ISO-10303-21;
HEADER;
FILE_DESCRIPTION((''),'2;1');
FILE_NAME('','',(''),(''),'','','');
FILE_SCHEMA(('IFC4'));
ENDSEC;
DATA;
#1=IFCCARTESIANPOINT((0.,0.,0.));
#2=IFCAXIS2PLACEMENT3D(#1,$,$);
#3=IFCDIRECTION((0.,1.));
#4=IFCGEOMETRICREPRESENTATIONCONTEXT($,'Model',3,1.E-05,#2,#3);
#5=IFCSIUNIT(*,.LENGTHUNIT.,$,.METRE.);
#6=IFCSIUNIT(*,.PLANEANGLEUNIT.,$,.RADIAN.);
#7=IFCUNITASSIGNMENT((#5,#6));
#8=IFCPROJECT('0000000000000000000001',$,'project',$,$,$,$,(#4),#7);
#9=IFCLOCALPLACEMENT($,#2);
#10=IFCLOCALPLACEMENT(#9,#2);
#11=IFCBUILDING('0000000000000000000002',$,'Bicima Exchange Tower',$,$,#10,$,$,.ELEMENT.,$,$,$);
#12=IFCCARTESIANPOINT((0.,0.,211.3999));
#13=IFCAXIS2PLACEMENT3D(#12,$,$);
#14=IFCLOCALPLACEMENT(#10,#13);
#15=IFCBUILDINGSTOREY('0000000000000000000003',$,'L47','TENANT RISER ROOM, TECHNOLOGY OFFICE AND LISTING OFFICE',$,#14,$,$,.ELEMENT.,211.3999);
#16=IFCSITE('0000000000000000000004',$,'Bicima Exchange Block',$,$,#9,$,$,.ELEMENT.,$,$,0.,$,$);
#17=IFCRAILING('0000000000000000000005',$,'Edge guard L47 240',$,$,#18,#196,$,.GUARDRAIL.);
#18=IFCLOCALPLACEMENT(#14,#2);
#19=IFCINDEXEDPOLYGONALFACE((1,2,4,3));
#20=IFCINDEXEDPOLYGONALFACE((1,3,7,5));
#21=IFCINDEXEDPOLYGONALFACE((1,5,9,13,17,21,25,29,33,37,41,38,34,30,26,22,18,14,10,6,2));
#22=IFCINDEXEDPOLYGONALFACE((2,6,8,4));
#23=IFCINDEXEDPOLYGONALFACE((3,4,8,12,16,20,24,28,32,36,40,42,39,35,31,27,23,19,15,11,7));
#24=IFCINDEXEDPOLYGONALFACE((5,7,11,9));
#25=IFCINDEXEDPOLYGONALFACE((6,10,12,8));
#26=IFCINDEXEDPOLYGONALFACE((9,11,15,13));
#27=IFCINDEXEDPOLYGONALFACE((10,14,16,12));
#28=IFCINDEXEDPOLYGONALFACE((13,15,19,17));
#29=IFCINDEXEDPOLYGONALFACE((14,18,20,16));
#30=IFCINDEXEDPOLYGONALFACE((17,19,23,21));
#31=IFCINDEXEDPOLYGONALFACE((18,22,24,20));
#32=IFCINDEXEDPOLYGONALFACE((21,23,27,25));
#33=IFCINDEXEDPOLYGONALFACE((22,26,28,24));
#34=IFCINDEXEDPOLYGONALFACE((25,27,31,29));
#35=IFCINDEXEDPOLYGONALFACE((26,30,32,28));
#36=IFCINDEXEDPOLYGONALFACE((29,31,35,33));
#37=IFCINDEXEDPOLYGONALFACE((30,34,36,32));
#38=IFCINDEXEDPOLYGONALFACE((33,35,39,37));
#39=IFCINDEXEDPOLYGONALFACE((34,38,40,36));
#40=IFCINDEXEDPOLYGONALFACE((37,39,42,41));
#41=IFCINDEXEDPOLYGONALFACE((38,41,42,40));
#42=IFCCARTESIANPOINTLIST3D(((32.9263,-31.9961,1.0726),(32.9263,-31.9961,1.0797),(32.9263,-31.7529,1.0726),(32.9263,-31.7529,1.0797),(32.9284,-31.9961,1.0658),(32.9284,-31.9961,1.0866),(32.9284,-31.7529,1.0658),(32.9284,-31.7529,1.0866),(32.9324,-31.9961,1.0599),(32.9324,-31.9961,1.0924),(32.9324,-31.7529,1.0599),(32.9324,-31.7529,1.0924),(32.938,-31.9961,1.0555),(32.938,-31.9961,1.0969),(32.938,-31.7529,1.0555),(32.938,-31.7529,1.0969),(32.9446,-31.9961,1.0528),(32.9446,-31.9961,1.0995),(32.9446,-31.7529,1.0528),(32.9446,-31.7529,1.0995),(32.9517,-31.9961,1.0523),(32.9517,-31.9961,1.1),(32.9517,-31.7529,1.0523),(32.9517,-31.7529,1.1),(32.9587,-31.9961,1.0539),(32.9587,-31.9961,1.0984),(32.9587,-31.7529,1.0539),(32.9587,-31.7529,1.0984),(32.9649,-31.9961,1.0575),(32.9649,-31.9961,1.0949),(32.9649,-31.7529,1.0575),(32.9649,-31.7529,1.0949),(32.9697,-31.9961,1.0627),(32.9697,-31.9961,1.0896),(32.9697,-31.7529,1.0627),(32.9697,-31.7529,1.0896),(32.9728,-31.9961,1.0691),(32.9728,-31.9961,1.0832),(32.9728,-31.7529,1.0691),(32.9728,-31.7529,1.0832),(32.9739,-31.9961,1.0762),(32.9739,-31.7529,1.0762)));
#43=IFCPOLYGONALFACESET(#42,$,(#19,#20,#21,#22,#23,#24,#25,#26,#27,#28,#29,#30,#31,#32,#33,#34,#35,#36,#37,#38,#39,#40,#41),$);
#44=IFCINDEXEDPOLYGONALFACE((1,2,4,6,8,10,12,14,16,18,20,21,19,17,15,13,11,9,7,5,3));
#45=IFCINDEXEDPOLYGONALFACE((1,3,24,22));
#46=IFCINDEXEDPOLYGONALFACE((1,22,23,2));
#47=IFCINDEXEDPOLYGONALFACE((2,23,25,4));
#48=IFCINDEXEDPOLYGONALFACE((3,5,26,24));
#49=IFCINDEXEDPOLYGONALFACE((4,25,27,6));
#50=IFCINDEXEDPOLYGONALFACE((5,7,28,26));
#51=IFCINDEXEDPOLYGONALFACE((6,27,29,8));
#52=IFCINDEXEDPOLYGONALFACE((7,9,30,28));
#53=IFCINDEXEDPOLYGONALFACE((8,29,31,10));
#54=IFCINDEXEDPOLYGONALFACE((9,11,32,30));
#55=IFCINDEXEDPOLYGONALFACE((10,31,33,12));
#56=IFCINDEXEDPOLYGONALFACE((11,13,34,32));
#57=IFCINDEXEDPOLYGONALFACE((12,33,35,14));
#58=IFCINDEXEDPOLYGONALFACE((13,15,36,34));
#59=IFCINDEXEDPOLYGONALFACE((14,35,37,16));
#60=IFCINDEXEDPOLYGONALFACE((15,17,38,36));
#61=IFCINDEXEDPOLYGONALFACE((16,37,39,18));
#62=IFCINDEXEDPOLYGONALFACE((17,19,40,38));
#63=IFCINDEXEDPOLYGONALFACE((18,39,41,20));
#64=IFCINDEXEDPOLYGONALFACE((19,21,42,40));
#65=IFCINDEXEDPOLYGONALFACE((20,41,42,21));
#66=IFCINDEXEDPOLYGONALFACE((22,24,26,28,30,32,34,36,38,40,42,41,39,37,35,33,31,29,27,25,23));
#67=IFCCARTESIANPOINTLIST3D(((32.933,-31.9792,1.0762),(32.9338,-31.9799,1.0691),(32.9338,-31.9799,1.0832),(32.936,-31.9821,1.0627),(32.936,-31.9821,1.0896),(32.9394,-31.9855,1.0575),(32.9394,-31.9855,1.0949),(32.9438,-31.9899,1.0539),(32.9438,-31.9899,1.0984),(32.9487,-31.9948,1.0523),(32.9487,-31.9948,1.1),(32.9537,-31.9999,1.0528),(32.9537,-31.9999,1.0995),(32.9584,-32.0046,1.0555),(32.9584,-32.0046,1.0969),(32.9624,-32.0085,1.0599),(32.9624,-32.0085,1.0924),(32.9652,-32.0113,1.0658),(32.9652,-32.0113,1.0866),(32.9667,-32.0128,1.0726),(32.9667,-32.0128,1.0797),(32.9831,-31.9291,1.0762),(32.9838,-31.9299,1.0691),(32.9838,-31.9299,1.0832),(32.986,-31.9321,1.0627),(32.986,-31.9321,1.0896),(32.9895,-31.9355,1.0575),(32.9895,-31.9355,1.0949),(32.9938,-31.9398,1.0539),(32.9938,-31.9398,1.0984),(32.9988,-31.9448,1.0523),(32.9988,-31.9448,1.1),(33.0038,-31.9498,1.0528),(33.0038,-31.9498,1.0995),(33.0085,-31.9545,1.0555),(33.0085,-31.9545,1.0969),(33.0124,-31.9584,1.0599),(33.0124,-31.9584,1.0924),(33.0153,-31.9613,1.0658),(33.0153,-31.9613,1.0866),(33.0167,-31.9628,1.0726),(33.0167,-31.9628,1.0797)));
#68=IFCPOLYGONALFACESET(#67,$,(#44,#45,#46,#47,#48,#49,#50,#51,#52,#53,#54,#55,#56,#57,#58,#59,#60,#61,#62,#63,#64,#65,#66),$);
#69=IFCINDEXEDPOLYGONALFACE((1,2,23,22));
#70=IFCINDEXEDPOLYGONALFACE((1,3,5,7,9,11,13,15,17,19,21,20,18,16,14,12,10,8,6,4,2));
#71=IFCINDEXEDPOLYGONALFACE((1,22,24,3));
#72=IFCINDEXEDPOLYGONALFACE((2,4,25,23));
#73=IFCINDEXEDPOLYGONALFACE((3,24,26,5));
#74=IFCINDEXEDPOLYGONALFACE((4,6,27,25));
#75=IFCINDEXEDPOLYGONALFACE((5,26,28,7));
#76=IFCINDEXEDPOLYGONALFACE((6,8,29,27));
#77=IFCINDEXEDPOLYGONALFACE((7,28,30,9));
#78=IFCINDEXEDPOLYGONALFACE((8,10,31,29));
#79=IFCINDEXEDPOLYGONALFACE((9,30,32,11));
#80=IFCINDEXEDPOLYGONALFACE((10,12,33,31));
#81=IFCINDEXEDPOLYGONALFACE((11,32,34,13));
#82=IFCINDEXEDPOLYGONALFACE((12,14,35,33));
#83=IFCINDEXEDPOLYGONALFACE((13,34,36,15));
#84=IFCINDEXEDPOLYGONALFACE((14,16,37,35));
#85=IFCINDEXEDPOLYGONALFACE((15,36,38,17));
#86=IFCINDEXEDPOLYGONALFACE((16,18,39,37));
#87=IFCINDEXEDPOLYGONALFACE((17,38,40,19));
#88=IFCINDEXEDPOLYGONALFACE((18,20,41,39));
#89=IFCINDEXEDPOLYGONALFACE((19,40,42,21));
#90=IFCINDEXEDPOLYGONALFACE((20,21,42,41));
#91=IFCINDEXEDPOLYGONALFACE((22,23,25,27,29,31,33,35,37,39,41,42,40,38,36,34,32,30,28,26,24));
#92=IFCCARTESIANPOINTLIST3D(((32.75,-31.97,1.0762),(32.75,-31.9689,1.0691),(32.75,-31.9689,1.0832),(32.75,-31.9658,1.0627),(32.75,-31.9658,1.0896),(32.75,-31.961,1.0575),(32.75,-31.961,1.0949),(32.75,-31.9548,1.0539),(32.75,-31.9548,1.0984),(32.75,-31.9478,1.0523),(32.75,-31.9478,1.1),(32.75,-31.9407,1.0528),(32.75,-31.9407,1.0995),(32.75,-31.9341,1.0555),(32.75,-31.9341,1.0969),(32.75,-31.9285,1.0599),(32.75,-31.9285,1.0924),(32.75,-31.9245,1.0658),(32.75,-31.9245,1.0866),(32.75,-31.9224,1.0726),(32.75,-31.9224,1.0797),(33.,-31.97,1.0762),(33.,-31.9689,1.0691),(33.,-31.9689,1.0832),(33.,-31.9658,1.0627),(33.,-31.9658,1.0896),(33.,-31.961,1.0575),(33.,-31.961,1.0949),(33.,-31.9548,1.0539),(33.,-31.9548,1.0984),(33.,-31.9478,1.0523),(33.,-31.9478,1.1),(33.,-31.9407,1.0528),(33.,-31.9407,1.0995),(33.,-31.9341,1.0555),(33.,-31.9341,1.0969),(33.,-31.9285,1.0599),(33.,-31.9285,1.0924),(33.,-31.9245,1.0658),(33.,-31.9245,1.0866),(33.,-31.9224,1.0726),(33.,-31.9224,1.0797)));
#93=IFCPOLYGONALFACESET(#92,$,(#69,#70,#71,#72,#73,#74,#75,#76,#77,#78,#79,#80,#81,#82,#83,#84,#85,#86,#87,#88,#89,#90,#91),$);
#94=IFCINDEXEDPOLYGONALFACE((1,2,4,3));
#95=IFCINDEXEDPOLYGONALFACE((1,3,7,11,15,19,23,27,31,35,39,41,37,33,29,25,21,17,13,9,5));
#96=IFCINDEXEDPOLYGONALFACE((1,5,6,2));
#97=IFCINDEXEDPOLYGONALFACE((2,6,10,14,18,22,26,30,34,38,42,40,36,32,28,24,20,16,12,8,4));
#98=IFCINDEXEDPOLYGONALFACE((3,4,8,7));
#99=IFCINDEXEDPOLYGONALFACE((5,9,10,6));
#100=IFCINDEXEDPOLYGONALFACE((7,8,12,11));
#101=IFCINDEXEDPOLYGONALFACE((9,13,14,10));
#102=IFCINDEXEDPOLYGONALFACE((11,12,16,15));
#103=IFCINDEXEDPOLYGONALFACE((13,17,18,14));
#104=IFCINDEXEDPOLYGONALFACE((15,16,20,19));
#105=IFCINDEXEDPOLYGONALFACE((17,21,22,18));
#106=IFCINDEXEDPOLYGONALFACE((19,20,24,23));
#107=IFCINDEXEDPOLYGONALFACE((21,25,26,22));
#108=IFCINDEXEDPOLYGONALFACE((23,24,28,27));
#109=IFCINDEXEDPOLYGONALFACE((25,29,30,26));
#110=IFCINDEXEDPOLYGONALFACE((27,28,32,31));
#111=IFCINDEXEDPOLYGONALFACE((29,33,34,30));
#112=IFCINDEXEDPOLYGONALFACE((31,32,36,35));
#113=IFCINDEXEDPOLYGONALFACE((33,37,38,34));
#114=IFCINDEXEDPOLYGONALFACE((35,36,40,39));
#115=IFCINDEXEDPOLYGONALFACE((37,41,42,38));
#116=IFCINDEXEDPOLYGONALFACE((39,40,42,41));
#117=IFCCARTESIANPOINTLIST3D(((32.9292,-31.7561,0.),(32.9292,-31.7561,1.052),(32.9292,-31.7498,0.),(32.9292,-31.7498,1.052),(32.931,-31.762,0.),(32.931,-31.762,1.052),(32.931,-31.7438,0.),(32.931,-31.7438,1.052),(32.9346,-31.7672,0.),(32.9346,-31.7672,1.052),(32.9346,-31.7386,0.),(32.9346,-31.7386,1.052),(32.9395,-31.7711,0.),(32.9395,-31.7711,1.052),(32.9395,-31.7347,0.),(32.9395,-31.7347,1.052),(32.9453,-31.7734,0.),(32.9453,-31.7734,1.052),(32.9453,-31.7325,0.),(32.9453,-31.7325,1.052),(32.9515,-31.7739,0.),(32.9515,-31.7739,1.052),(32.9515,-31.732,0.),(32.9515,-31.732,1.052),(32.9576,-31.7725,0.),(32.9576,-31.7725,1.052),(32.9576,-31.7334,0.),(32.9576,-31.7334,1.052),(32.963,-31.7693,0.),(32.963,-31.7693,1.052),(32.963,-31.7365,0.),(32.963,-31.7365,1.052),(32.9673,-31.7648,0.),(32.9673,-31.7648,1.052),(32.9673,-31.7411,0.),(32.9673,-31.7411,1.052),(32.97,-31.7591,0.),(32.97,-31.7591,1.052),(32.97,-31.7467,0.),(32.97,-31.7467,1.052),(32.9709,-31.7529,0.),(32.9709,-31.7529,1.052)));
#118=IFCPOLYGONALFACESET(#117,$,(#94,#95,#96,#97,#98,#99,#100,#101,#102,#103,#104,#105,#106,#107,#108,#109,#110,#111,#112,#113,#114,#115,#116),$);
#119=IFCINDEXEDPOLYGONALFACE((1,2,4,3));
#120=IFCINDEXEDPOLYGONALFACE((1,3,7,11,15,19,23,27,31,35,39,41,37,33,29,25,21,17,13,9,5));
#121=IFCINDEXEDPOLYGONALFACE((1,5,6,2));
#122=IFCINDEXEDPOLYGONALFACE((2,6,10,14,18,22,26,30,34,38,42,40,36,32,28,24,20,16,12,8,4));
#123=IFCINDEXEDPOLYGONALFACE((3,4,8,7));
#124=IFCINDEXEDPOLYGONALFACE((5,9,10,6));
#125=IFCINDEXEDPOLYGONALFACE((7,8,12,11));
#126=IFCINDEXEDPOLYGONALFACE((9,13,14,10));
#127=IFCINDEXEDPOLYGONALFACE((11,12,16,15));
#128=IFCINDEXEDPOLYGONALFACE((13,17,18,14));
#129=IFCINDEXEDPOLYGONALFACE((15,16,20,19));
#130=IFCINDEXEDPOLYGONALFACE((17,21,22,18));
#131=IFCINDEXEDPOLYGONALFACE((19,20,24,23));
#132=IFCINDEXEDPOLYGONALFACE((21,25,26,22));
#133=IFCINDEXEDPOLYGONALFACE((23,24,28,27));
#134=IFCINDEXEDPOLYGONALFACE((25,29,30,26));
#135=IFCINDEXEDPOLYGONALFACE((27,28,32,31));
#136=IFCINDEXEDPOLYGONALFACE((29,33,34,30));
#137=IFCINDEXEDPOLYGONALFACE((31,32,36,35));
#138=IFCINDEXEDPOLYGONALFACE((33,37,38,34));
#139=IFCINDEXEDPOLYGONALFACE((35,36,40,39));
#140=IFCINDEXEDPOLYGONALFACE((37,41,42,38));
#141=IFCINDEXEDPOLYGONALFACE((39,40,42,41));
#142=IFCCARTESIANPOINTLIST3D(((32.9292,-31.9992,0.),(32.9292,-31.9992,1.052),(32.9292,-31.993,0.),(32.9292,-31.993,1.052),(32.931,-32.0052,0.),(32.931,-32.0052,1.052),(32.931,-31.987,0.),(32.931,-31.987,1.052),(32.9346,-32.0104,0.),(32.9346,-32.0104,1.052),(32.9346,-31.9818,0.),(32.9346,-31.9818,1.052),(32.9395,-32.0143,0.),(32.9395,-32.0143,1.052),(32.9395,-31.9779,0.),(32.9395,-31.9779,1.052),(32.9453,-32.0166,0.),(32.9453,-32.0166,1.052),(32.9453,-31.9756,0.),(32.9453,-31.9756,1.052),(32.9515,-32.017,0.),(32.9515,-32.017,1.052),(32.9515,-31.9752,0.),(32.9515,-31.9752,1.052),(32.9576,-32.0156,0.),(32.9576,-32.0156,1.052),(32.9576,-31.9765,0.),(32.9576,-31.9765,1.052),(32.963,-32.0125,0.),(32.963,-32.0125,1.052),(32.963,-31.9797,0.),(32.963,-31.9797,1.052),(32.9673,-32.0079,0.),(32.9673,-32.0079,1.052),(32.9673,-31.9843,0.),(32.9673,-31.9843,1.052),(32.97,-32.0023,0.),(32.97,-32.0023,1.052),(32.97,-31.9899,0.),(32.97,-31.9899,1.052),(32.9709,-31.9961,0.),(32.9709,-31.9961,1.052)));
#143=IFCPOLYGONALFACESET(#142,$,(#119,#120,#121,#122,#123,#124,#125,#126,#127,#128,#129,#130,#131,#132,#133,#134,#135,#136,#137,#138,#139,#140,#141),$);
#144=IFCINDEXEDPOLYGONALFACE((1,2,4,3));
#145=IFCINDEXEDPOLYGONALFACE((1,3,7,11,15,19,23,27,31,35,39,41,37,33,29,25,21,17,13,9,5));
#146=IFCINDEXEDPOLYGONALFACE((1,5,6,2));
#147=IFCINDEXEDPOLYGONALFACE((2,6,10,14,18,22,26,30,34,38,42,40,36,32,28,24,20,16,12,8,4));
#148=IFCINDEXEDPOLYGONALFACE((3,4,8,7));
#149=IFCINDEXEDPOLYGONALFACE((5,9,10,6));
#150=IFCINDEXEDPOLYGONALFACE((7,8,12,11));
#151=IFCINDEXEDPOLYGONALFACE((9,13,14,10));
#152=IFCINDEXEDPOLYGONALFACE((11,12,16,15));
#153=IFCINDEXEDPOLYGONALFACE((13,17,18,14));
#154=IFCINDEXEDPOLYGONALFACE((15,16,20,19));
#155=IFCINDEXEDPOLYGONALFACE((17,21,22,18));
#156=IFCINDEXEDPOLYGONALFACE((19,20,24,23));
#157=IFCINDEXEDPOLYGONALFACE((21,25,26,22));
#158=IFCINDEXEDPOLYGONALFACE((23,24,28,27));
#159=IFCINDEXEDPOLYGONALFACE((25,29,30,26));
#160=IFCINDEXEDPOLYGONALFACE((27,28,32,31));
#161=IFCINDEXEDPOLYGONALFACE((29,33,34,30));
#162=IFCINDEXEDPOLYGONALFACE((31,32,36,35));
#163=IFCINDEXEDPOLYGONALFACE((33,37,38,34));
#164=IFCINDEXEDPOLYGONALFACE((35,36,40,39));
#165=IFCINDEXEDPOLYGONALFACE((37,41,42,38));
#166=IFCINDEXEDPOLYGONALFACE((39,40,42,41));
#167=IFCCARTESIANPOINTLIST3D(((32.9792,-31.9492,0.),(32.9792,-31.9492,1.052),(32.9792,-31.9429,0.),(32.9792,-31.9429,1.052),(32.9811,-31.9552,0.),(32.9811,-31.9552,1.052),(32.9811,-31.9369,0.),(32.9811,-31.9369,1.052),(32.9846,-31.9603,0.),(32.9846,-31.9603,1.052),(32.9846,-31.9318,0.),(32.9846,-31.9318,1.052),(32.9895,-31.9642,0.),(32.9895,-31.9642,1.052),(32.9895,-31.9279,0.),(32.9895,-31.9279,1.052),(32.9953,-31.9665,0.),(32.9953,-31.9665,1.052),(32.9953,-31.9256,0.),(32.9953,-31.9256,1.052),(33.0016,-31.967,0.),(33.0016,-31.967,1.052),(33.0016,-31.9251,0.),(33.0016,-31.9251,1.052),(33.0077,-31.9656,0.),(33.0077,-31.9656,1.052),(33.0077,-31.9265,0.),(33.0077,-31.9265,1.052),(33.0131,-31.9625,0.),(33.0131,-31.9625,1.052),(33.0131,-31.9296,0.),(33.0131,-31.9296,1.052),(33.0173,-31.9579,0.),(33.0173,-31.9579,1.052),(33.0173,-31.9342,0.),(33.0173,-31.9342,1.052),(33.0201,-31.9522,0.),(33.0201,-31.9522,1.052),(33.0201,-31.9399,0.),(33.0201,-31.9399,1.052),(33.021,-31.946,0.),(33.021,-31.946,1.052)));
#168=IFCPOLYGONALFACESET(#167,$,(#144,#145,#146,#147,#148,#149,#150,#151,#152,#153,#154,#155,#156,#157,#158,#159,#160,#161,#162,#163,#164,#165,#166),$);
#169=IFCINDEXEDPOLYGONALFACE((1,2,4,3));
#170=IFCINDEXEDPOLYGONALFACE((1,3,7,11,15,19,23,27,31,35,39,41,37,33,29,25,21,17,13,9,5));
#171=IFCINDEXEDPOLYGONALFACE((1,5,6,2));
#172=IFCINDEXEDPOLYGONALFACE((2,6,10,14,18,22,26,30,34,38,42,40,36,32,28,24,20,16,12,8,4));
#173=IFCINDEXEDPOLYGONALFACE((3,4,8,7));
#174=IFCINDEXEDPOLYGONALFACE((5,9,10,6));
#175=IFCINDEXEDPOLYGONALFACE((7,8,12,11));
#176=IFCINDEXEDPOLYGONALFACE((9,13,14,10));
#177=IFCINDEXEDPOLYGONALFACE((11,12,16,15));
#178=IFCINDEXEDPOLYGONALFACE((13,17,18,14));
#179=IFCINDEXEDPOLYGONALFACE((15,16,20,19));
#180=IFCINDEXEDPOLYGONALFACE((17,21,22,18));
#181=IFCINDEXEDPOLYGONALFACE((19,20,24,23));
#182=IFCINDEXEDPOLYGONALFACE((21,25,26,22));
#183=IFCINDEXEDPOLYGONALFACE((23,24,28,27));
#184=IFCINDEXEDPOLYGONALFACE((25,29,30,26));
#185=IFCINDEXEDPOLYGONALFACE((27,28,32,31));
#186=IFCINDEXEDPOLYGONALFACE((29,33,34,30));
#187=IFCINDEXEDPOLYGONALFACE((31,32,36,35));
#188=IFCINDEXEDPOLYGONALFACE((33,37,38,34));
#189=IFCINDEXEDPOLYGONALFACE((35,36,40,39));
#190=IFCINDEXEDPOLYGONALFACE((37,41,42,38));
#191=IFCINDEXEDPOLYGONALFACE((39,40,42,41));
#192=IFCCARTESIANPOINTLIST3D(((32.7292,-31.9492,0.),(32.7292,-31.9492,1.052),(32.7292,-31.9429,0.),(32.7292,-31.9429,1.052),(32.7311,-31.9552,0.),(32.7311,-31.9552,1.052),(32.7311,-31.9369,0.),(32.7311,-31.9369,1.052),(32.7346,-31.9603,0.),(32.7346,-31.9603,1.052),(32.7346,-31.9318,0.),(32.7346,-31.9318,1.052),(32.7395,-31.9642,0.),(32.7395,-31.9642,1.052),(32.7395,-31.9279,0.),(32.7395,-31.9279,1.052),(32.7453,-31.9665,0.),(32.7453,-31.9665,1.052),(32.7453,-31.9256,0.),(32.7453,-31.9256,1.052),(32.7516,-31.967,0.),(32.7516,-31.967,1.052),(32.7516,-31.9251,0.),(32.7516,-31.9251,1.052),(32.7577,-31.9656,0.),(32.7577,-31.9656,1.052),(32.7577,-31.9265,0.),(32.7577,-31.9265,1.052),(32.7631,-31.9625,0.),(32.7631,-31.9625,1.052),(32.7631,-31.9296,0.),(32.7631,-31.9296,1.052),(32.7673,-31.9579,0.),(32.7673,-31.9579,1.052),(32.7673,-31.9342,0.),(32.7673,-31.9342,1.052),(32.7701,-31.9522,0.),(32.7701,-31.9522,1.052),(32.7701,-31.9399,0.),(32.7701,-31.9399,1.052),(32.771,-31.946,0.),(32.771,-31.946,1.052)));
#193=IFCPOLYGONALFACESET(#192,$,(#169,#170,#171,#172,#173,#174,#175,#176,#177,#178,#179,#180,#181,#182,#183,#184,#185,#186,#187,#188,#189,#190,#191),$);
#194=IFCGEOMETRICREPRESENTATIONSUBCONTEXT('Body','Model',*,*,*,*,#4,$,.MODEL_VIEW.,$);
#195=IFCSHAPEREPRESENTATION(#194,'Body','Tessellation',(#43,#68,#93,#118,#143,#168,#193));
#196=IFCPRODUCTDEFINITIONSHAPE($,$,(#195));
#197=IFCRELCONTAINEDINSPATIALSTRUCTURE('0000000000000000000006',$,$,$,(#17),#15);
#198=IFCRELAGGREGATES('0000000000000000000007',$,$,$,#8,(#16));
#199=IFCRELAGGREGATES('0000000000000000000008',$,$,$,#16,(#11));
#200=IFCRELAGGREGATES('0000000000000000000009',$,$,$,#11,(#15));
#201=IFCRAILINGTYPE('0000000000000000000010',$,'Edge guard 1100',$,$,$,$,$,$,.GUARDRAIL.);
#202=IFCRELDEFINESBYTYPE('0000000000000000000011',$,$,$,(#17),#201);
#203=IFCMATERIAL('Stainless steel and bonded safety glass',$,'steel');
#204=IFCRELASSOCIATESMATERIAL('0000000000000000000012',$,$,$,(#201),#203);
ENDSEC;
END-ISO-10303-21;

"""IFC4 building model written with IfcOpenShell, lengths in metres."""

from ifc_helpers import new_model, si_unit, direction, frame, origin, origin_2d, place, context, subcontext, project, spatial, circle, extrude, material, type_object, element, save


model = new_model("IFC4")

# Units and contexts
model_context = context("Model", 3, precision=1e-05, world=origin(), true_north=direction((0.0, 1.0)))
body_context = subcontext(model_context, "Body", "Model", "MODEL_VIEW")
ifc_project = project(units=[si_unit("LENGTHUNIT", "METRE"), si_unit("PLANEANGLEUNIT", "RADIAN")], contexts=[model_context])

# Site, building, storey
site_placement = place(None, origin())
site = spatial("IfcSite", under=ifc_project, at=site_placement, Name="Bicima Exchange Block", CompositionType="ELEMENT", RefElevation=0.0)
building_placement = place(site_placement, origin())
building = spatial("IfcBuilding", under=site, at=building_placement, Name="Bicima Exchange Tower", CompositionType="ELEMENT")
storey_placement = place(building_placement, frame((0.0, 0.0, 211.3999)))
storey = spatial("IfcBuildingStorey", under=building, at=storey_placement, Name="L47", Description="TENANT RISER ROOM, TECHNOLOGY OFFICE AND LISTING OFFICE", CompositionType="ELEMENT", Elevation=211.3999)

# Railing
ifc_material_1 = material(Name="Stainless steel and bonded safety glass", Category="steel")
railing_type = type_object("IfcRailingType", Name="Edge guard 1100", PredefinedType="GUARDRAIL", material=ifc_material_1)
railing_1_placement = place(storey_placement, frame((32.95, -31.7529, 0.0)))
element("IfcRailing", 1, at=railing_1_placement, inside=storey, type_object=railing_type, Name="Edge guard L47 240", PredefinedType="GUARDRAIL", context=body_context, shape_type="SweptSolid", body=[
    extrude(circle(Radius=0.0239, at=origin_2d()), frame((0.0, 0.0, 1.0762), z_axis=(0.0, -1.0, 0.0), x_axis=(1.0, 0.0, 0.0)), (0.0, 0.0, 1.0), 0.2432),
    extrude(circle(Radius=0.0239, at=origin_2d()), frame((0.0, -0.2432, 1.0762), z_axis=(0.707107, 0.707107, 0.0), x_axis=(-0.707107, 0.707107, 0.0)), (0.0, 0.0, 1.0), 0.0708),
    extrude(circle(Radius=0.0239, at=origin_2d()), frame((0.05, -0.1931, 1.0762), z_axis=(-1.0, 0.0, 0.0), x_axis=(0.0, -1.0, 0.0)), (0.0, 0.0, 1.0), 0.25),
    extrude(circle(Radius=0.021, at=origin_2d()), origin(), (0.0, 0.0, 1.0), 1.052),
    extrude(circle(Radius=0.021, at=origin_2d()), frame((0.0, -0.2432, 0.0)), (0.0, 0.0, 1.0), 1.052),
    extrude(circle(Radius=0.021, at=origin_2d()), frame((0.05, -0.1931, 0.0)), (0.0, 0.0, 1.0), 1.052),
    extrude(circle(Radius=0.021, at=origin_2d()), frame((-0.2, -0.1931, 0.0)), (0.0, 0.0, 1.0), 1.052),
])

save(model, "model.ifc")
